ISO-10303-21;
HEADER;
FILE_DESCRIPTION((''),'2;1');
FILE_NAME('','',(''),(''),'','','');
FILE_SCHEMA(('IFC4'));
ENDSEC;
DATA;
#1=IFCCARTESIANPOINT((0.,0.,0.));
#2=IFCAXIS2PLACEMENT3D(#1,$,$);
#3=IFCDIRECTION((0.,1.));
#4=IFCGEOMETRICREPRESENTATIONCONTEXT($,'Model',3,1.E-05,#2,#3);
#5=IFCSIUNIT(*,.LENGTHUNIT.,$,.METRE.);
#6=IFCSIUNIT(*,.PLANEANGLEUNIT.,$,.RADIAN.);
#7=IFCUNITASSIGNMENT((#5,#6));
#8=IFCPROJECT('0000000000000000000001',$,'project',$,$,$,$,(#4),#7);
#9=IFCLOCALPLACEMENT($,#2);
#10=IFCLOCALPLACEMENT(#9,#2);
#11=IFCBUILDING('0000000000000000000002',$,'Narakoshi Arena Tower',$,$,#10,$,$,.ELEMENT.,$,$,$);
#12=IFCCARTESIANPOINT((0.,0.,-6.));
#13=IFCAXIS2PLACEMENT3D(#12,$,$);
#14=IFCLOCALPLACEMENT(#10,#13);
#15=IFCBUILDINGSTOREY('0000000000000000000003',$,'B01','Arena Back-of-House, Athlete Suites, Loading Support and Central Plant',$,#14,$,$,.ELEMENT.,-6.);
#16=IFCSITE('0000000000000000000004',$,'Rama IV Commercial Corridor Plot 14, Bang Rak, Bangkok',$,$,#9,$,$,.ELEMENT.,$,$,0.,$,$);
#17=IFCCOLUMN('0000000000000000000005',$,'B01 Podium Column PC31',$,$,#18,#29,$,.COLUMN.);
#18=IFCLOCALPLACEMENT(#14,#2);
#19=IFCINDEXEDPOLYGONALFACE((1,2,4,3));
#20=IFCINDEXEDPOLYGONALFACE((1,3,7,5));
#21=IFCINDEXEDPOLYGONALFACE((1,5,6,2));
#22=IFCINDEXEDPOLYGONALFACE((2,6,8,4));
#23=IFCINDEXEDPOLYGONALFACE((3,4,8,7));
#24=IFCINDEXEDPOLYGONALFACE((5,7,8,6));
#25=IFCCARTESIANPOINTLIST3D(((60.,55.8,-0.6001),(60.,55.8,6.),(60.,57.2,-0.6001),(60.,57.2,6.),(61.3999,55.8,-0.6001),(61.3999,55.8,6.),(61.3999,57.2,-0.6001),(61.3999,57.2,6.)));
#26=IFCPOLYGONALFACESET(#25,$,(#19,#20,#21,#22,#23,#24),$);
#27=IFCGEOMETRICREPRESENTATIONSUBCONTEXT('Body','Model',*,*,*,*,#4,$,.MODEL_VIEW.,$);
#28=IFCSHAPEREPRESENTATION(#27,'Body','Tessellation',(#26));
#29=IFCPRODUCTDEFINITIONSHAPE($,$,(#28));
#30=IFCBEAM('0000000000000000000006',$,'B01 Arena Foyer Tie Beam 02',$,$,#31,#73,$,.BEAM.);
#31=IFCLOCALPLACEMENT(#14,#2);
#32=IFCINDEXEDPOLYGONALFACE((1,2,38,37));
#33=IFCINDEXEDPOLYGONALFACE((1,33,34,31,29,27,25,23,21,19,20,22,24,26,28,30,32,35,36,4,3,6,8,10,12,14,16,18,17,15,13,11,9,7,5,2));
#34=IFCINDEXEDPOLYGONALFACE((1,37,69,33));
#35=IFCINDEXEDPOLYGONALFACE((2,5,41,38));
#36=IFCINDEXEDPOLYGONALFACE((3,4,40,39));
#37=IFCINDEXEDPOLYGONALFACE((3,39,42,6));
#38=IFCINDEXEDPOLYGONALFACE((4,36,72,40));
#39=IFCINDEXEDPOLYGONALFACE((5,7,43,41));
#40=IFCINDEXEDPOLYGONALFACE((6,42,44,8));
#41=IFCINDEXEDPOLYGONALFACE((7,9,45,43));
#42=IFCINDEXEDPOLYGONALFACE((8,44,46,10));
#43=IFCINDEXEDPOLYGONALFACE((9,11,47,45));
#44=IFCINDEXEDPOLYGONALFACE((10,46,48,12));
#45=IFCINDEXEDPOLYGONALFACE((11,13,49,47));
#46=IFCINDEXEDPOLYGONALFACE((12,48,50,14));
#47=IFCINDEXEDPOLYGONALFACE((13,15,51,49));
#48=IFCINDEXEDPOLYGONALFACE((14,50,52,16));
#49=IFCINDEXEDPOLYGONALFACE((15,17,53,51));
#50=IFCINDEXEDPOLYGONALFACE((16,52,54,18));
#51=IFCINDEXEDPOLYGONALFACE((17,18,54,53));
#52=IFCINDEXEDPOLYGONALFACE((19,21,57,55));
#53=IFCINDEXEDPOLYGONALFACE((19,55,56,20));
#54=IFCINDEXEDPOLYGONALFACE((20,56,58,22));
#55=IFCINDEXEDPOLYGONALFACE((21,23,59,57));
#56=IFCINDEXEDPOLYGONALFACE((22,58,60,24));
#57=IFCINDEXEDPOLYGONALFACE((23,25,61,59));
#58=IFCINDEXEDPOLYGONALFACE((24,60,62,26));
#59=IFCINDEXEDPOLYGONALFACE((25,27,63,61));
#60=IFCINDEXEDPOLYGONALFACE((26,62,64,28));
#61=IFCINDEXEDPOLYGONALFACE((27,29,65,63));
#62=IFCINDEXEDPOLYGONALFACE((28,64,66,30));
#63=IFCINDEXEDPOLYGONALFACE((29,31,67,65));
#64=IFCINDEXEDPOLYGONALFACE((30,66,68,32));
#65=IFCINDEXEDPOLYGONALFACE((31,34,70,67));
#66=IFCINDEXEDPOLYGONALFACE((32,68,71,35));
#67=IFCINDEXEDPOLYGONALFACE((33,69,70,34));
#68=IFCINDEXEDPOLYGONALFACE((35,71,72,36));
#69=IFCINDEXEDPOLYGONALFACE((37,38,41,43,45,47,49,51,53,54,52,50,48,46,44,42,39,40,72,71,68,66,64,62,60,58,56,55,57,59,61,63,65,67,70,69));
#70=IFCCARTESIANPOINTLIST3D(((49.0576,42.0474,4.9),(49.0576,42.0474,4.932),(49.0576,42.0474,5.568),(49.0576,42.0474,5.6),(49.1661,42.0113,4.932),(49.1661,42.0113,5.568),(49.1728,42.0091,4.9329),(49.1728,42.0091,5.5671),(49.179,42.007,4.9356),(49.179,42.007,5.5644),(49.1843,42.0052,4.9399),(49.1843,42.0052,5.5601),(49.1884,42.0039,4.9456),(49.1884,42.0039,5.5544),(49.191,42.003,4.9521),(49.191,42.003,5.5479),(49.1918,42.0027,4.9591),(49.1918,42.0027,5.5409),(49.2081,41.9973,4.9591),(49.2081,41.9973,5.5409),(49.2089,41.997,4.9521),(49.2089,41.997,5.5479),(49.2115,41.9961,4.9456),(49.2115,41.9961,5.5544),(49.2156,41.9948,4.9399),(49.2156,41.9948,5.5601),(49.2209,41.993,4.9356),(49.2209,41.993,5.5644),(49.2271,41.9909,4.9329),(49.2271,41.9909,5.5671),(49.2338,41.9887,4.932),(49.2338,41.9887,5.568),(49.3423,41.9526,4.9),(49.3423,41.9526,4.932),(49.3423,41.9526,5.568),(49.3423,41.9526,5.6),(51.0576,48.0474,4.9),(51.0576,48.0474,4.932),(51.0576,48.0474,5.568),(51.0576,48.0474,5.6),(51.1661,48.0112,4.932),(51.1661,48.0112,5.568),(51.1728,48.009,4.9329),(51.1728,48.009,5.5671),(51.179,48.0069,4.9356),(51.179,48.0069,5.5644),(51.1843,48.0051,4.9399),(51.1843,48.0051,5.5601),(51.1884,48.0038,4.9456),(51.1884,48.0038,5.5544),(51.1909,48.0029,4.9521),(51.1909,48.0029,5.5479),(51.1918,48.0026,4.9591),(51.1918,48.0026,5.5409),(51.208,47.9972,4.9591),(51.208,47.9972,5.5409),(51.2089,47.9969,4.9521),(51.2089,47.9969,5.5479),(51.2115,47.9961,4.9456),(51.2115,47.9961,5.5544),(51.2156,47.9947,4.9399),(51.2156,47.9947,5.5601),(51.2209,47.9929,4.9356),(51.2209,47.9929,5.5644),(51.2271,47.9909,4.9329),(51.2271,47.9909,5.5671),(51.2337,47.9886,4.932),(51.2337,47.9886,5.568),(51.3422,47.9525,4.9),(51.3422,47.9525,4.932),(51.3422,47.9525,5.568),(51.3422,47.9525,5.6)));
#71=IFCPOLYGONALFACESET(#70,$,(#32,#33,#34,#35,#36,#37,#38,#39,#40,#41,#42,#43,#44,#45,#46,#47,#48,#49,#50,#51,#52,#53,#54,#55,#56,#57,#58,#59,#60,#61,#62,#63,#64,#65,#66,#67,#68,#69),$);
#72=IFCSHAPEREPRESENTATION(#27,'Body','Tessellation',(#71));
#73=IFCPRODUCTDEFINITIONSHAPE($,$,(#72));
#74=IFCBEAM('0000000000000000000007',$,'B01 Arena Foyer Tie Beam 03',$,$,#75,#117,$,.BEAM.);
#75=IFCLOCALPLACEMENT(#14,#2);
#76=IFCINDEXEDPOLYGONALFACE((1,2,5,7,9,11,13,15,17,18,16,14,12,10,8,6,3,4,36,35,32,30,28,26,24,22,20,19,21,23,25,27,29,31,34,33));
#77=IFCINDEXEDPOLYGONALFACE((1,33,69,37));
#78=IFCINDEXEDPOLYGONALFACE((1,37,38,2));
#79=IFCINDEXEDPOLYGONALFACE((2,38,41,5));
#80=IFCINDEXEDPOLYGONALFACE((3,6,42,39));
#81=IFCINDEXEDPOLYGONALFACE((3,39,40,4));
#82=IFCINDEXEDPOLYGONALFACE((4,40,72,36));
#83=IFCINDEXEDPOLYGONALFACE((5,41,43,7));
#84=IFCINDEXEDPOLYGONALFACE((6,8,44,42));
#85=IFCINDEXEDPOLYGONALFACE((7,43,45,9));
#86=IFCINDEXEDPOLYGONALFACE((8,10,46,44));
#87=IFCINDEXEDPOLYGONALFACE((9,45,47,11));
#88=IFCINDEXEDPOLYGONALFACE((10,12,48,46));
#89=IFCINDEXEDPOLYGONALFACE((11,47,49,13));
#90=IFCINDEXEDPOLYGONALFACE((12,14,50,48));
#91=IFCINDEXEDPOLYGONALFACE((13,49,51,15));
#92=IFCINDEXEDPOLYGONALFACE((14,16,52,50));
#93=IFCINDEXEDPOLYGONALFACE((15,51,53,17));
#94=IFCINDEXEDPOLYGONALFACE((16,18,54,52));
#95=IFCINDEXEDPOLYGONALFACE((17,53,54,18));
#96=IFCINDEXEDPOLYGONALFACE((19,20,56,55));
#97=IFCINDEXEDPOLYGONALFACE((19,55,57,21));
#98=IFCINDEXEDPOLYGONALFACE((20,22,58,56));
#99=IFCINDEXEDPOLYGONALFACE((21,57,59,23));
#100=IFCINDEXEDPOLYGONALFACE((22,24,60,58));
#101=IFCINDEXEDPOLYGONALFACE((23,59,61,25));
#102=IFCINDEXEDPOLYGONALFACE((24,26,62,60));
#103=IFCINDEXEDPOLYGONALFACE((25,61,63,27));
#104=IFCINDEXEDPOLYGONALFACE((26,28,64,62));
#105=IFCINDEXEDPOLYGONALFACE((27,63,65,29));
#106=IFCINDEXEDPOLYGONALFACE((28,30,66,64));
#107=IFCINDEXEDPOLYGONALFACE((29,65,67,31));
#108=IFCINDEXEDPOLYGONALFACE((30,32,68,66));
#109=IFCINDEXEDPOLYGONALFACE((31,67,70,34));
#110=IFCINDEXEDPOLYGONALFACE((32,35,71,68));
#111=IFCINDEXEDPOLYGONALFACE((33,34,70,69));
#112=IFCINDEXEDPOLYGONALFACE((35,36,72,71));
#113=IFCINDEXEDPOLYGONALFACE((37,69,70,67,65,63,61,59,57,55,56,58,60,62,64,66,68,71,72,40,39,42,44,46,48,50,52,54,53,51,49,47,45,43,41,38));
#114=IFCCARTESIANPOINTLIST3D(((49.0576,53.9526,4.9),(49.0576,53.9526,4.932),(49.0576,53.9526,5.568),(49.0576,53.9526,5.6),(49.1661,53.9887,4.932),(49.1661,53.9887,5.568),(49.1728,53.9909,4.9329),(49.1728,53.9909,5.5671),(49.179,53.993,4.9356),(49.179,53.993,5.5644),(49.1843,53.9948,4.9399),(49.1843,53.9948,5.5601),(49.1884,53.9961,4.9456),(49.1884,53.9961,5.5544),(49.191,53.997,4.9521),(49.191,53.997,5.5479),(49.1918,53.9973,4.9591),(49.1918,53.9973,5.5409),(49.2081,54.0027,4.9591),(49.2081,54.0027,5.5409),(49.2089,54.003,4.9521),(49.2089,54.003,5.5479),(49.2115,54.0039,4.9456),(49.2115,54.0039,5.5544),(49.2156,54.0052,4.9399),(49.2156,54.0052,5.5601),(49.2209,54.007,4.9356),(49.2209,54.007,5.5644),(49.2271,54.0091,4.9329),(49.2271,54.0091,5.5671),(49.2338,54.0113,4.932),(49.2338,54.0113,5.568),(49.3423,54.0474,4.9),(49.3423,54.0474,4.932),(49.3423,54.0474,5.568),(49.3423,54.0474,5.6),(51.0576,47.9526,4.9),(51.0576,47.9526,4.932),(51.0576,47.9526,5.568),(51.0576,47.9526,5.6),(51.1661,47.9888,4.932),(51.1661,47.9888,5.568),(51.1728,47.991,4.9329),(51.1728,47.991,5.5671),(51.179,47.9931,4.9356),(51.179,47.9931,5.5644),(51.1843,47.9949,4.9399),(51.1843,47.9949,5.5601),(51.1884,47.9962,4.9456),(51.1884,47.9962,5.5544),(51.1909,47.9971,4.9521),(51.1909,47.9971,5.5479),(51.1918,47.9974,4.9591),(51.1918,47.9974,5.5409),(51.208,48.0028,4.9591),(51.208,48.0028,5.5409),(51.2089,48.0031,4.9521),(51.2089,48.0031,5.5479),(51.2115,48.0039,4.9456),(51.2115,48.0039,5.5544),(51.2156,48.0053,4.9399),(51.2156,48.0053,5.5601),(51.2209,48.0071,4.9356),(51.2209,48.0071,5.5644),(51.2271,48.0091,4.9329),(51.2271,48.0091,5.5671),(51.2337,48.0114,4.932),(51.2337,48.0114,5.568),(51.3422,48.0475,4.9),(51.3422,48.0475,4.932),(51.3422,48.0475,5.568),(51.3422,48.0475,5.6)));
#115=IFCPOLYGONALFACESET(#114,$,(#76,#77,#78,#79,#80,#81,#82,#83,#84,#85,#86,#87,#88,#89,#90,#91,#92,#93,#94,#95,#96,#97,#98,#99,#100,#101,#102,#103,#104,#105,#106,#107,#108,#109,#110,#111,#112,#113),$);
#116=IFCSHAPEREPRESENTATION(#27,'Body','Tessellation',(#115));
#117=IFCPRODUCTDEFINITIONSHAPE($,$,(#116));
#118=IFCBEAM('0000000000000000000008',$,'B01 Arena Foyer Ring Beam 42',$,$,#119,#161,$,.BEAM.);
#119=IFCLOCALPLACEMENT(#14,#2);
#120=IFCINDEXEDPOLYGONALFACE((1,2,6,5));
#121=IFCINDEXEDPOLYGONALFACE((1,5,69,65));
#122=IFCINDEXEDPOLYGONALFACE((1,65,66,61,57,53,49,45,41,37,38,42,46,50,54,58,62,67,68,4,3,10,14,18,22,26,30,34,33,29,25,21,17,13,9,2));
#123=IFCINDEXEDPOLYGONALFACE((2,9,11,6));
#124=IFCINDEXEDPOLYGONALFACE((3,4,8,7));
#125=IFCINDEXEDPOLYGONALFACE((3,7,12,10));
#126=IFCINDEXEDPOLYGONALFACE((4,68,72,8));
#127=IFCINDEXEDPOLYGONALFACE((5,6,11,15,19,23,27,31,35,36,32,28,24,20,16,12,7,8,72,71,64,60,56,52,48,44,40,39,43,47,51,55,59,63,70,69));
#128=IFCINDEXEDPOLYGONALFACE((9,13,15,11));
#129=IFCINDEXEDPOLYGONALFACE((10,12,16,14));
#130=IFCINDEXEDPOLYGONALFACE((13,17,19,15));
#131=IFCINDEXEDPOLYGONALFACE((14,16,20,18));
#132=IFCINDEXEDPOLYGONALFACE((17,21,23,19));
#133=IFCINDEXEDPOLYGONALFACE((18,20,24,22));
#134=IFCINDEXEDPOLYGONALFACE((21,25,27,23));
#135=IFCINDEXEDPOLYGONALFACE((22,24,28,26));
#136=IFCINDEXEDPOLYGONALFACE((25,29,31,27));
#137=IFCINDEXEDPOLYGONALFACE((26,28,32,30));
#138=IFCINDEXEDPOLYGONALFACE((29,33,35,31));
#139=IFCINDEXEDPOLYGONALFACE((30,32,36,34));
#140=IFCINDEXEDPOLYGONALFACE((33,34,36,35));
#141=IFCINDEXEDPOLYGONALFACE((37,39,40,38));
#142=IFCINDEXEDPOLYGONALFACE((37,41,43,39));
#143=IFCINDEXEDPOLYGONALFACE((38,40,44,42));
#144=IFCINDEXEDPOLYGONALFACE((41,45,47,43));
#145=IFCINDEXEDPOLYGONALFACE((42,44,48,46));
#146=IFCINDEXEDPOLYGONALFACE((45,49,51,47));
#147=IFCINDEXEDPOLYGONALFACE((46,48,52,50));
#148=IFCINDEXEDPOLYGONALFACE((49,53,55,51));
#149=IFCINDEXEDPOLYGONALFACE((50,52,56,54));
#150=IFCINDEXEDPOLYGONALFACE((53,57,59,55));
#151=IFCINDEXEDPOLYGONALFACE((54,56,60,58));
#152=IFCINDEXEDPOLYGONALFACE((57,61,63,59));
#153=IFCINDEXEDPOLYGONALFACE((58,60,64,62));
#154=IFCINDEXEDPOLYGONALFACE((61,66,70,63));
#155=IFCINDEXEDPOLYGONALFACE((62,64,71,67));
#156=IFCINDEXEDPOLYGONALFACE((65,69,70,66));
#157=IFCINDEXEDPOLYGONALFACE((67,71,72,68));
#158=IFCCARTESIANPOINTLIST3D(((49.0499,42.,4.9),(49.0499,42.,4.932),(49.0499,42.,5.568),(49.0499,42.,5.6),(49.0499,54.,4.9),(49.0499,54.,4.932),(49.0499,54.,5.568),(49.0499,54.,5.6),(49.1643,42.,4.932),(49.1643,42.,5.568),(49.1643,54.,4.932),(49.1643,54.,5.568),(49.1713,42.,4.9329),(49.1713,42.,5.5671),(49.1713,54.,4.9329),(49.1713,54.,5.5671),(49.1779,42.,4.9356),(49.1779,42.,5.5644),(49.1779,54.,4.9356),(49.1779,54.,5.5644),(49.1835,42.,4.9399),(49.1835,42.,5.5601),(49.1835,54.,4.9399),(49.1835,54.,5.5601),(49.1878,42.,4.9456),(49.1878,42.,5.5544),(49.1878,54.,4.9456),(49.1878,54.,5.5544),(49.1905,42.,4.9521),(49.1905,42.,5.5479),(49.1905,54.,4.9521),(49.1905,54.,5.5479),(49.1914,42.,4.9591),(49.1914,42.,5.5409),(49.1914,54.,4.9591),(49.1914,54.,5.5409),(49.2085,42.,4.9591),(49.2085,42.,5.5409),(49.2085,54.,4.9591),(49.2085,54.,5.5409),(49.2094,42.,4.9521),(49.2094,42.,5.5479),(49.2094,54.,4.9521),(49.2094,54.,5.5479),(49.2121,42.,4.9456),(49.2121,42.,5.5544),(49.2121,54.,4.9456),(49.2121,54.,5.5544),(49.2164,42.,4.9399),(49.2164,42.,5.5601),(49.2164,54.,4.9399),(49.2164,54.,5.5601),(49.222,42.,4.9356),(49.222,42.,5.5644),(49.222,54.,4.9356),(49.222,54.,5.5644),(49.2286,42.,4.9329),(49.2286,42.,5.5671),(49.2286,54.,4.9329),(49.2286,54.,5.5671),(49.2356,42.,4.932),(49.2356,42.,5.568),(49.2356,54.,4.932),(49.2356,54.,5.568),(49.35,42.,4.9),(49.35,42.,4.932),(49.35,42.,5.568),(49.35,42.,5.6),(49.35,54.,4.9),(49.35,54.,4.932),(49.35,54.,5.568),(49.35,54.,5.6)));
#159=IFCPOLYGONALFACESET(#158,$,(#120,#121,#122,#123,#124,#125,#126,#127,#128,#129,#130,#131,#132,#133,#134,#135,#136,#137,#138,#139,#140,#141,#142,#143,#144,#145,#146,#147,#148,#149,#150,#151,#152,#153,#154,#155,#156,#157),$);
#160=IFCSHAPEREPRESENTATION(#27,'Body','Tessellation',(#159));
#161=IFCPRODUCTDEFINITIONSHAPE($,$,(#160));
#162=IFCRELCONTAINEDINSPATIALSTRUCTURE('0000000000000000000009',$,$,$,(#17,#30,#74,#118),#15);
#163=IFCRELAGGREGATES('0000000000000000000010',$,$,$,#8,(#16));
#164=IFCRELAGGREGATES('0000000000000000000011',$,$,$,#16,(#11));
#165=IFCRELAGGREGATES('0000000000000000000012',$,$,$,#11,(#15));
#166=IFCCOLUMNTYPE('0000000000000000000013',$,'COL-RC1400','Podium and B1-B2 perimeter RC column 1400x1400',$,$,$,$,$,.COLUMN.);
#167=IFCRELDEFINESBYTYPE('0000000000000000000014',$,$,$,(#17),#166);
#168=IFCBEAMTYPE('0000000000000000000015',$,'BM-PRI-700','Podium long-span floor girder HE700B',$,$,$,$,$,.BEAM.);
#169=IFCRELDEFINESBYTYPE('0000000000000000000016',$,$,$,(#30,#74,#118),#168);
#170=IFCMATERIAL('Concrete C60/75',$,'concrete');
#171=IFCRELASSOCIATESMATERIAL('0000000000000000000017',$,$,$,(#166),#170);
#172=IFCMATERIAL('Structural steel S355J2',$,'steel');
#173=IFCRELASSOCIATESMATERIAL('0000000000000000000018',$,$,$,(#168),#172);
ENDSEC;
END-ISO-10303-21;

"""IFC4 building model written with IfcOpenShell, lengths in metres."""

from ifc_helpers import new_model, si_unit, direction, frame, origin, origin_2d, place, context, subcontext, project, spatial, rectangle, i_section, extrude, material, material_profile, profile_set, type_object, element, save


model = new_model("IFC4")

# Units and contexts
model_context = context("Model", 3, precision=1e-05, world=origin(), true_north=direction((0.0, 1.0)))
body_context = subcontext(model_context, "Body", "Model", "MODEL_VIEW")
ifc_project = project(units=[si_unit("LENGTHUNIT", "METRE"), si_unit("PLANEANGLEUNIT", "RADIAN")], contexts=[model_context])

# Site, building, storey
site_placement = place(None, origin())
site = spatial("IfcSite", under=ifc_project, at=site_placement, Name="Rama IV Commercial Corridor Plot 14, Bang Rak, Bangkok", CompositionType="ELEMENT", RefElevation=0.0)
building_placement = place(site_placement, origin())
building = spatial("IfcBuilding", under=site, at=building_placement, Name="Narakoshi Arena Tower", CompositionType="ELEMENT")
storey_placement = place(building_placement, frame((0.0, 0.0, -6.0)))
storey = spatial("IfcBuildingStorey", under=building, at=storey_placement, Name="B01", Description="Arena Back-of-House, Athlete Suites, Loading Support and Central Plant", CompositionType="ELEMENT", Elevation=-6.0)

# Column
ifc_material_1 = material(Name="Concrete C60/75", Category="concrete")
ifc_material_profile_1 = material_profile(ifc_material_1, rectangle(XDim=1.3999, YDim=1.3999, at=origin_2d()), Name="RC1400x1400")
ifc_profile_set_1 = profile_set([ifc_material_profile_1], Name="Concrete C60/75")
column_type_1 = type_object("IfcColumnType", Name="COL-RC1400", Description="Podium and B1-B2 perimeter RC column 1400x1400", PredefinedType="COLUMN", material=ifc_profile_set_1)
column_placement = place(storey_placement, frame((60.7, 56.5, -0.6001), z_axis=(0.0, 0.0, 1.0), x_axis=(1.0, 0.0, 0.0)))
element("IfcColumn", 1, at=column_placement, inside=storey, type_object=column_type_1, Name="B01 Podium Column PC31", PredefinedType="COLUMN", context=body_context, shape_type="SweptSolid", body=[
    extrude(rectangle(XDim=1.3999, YDim=1.3999, at=origin_2d()), origin(), (0.0, 0.0, 1.0), 6.6001),
])

# Beams
ifc_material_2 = material(Name="Structural steel S355J2", Category="steel")
ifc_material_profile_2 = material_profile(ifc_material_2, i_section(OverallWidth=0.3, OverallDepth=0.7, WebThickness=0.0171, FlangeThickness=0.032, FilletRadius=0.0271, at=origin_2d()), Name="HE700B")
ifc_profile_set_2 = profile_set([ifc_material_profile_2], Name="Structural steel S355J2")
beam_type_1 = type_object("IfcBeamType", Name="BM-PRI-700", Description="Podium long-span floor girder HE700B", PredefinedType="BEAM", material=ifc_profile_set_2)
for number, where, z_axis, x_axis, name in (
    (2, (49.2, 42.0, 5.25), (0.316228, 0.948683, 0.0), (-0.948683, 0.316228, 0.0), "B01 Arena Foyer Tie Beam 02"),
    (3, (49.2, 54.0, 5.25), (0.316228, -0.948683, 0.0), (0.948683, 0.316228, 0.0), "B01 Arena Foyer Tie Beam 03"),
):
    element("IfcBeam", number, at=place(storey_placement, frame(where, z_axis=z_axis, x_axis=x_axis)), inside=storey, type_object=beam_type_1, Name=name, PredefinedType="BEAM", context=body_context, shape_type="SweptSolid", body=[
        extrude(i_section(OverallWidth=0.3, OverallDepth=0.7, WebThickness=0.0171, FlangeThickness=0.032, FilletRadius=0.0271, at=origin_2d()), origin(), (0.0, 0.0, 1.0), 6.3245),
    ])
beam_1_placement = place(storey_placement, frame((49.2, 42.0, 5.25), z_axis=(0.0, 1.0, 0.0), x_axis=(-1.0, 0.0, 0.0)))
element("IfcBeam", 4, at=beam_1_placement, inside=storey, type_object=beam_type_1, Name="B01 Arena Foyer Ring Beam 42", PredefinedType="BEAM", context=body_context, shape_type="SweptSolid", body=[
    extrude(i_section(OverallWidth=0.3, OverallDepth=0.7, WebThickness=0.0171, FlangeThickness=0.032, FilletRadius=0.0271, at=origin_2d()), origin(), (0.0, 0.0, 1.0), 12.0),
])

save(model, "model.ifc")
